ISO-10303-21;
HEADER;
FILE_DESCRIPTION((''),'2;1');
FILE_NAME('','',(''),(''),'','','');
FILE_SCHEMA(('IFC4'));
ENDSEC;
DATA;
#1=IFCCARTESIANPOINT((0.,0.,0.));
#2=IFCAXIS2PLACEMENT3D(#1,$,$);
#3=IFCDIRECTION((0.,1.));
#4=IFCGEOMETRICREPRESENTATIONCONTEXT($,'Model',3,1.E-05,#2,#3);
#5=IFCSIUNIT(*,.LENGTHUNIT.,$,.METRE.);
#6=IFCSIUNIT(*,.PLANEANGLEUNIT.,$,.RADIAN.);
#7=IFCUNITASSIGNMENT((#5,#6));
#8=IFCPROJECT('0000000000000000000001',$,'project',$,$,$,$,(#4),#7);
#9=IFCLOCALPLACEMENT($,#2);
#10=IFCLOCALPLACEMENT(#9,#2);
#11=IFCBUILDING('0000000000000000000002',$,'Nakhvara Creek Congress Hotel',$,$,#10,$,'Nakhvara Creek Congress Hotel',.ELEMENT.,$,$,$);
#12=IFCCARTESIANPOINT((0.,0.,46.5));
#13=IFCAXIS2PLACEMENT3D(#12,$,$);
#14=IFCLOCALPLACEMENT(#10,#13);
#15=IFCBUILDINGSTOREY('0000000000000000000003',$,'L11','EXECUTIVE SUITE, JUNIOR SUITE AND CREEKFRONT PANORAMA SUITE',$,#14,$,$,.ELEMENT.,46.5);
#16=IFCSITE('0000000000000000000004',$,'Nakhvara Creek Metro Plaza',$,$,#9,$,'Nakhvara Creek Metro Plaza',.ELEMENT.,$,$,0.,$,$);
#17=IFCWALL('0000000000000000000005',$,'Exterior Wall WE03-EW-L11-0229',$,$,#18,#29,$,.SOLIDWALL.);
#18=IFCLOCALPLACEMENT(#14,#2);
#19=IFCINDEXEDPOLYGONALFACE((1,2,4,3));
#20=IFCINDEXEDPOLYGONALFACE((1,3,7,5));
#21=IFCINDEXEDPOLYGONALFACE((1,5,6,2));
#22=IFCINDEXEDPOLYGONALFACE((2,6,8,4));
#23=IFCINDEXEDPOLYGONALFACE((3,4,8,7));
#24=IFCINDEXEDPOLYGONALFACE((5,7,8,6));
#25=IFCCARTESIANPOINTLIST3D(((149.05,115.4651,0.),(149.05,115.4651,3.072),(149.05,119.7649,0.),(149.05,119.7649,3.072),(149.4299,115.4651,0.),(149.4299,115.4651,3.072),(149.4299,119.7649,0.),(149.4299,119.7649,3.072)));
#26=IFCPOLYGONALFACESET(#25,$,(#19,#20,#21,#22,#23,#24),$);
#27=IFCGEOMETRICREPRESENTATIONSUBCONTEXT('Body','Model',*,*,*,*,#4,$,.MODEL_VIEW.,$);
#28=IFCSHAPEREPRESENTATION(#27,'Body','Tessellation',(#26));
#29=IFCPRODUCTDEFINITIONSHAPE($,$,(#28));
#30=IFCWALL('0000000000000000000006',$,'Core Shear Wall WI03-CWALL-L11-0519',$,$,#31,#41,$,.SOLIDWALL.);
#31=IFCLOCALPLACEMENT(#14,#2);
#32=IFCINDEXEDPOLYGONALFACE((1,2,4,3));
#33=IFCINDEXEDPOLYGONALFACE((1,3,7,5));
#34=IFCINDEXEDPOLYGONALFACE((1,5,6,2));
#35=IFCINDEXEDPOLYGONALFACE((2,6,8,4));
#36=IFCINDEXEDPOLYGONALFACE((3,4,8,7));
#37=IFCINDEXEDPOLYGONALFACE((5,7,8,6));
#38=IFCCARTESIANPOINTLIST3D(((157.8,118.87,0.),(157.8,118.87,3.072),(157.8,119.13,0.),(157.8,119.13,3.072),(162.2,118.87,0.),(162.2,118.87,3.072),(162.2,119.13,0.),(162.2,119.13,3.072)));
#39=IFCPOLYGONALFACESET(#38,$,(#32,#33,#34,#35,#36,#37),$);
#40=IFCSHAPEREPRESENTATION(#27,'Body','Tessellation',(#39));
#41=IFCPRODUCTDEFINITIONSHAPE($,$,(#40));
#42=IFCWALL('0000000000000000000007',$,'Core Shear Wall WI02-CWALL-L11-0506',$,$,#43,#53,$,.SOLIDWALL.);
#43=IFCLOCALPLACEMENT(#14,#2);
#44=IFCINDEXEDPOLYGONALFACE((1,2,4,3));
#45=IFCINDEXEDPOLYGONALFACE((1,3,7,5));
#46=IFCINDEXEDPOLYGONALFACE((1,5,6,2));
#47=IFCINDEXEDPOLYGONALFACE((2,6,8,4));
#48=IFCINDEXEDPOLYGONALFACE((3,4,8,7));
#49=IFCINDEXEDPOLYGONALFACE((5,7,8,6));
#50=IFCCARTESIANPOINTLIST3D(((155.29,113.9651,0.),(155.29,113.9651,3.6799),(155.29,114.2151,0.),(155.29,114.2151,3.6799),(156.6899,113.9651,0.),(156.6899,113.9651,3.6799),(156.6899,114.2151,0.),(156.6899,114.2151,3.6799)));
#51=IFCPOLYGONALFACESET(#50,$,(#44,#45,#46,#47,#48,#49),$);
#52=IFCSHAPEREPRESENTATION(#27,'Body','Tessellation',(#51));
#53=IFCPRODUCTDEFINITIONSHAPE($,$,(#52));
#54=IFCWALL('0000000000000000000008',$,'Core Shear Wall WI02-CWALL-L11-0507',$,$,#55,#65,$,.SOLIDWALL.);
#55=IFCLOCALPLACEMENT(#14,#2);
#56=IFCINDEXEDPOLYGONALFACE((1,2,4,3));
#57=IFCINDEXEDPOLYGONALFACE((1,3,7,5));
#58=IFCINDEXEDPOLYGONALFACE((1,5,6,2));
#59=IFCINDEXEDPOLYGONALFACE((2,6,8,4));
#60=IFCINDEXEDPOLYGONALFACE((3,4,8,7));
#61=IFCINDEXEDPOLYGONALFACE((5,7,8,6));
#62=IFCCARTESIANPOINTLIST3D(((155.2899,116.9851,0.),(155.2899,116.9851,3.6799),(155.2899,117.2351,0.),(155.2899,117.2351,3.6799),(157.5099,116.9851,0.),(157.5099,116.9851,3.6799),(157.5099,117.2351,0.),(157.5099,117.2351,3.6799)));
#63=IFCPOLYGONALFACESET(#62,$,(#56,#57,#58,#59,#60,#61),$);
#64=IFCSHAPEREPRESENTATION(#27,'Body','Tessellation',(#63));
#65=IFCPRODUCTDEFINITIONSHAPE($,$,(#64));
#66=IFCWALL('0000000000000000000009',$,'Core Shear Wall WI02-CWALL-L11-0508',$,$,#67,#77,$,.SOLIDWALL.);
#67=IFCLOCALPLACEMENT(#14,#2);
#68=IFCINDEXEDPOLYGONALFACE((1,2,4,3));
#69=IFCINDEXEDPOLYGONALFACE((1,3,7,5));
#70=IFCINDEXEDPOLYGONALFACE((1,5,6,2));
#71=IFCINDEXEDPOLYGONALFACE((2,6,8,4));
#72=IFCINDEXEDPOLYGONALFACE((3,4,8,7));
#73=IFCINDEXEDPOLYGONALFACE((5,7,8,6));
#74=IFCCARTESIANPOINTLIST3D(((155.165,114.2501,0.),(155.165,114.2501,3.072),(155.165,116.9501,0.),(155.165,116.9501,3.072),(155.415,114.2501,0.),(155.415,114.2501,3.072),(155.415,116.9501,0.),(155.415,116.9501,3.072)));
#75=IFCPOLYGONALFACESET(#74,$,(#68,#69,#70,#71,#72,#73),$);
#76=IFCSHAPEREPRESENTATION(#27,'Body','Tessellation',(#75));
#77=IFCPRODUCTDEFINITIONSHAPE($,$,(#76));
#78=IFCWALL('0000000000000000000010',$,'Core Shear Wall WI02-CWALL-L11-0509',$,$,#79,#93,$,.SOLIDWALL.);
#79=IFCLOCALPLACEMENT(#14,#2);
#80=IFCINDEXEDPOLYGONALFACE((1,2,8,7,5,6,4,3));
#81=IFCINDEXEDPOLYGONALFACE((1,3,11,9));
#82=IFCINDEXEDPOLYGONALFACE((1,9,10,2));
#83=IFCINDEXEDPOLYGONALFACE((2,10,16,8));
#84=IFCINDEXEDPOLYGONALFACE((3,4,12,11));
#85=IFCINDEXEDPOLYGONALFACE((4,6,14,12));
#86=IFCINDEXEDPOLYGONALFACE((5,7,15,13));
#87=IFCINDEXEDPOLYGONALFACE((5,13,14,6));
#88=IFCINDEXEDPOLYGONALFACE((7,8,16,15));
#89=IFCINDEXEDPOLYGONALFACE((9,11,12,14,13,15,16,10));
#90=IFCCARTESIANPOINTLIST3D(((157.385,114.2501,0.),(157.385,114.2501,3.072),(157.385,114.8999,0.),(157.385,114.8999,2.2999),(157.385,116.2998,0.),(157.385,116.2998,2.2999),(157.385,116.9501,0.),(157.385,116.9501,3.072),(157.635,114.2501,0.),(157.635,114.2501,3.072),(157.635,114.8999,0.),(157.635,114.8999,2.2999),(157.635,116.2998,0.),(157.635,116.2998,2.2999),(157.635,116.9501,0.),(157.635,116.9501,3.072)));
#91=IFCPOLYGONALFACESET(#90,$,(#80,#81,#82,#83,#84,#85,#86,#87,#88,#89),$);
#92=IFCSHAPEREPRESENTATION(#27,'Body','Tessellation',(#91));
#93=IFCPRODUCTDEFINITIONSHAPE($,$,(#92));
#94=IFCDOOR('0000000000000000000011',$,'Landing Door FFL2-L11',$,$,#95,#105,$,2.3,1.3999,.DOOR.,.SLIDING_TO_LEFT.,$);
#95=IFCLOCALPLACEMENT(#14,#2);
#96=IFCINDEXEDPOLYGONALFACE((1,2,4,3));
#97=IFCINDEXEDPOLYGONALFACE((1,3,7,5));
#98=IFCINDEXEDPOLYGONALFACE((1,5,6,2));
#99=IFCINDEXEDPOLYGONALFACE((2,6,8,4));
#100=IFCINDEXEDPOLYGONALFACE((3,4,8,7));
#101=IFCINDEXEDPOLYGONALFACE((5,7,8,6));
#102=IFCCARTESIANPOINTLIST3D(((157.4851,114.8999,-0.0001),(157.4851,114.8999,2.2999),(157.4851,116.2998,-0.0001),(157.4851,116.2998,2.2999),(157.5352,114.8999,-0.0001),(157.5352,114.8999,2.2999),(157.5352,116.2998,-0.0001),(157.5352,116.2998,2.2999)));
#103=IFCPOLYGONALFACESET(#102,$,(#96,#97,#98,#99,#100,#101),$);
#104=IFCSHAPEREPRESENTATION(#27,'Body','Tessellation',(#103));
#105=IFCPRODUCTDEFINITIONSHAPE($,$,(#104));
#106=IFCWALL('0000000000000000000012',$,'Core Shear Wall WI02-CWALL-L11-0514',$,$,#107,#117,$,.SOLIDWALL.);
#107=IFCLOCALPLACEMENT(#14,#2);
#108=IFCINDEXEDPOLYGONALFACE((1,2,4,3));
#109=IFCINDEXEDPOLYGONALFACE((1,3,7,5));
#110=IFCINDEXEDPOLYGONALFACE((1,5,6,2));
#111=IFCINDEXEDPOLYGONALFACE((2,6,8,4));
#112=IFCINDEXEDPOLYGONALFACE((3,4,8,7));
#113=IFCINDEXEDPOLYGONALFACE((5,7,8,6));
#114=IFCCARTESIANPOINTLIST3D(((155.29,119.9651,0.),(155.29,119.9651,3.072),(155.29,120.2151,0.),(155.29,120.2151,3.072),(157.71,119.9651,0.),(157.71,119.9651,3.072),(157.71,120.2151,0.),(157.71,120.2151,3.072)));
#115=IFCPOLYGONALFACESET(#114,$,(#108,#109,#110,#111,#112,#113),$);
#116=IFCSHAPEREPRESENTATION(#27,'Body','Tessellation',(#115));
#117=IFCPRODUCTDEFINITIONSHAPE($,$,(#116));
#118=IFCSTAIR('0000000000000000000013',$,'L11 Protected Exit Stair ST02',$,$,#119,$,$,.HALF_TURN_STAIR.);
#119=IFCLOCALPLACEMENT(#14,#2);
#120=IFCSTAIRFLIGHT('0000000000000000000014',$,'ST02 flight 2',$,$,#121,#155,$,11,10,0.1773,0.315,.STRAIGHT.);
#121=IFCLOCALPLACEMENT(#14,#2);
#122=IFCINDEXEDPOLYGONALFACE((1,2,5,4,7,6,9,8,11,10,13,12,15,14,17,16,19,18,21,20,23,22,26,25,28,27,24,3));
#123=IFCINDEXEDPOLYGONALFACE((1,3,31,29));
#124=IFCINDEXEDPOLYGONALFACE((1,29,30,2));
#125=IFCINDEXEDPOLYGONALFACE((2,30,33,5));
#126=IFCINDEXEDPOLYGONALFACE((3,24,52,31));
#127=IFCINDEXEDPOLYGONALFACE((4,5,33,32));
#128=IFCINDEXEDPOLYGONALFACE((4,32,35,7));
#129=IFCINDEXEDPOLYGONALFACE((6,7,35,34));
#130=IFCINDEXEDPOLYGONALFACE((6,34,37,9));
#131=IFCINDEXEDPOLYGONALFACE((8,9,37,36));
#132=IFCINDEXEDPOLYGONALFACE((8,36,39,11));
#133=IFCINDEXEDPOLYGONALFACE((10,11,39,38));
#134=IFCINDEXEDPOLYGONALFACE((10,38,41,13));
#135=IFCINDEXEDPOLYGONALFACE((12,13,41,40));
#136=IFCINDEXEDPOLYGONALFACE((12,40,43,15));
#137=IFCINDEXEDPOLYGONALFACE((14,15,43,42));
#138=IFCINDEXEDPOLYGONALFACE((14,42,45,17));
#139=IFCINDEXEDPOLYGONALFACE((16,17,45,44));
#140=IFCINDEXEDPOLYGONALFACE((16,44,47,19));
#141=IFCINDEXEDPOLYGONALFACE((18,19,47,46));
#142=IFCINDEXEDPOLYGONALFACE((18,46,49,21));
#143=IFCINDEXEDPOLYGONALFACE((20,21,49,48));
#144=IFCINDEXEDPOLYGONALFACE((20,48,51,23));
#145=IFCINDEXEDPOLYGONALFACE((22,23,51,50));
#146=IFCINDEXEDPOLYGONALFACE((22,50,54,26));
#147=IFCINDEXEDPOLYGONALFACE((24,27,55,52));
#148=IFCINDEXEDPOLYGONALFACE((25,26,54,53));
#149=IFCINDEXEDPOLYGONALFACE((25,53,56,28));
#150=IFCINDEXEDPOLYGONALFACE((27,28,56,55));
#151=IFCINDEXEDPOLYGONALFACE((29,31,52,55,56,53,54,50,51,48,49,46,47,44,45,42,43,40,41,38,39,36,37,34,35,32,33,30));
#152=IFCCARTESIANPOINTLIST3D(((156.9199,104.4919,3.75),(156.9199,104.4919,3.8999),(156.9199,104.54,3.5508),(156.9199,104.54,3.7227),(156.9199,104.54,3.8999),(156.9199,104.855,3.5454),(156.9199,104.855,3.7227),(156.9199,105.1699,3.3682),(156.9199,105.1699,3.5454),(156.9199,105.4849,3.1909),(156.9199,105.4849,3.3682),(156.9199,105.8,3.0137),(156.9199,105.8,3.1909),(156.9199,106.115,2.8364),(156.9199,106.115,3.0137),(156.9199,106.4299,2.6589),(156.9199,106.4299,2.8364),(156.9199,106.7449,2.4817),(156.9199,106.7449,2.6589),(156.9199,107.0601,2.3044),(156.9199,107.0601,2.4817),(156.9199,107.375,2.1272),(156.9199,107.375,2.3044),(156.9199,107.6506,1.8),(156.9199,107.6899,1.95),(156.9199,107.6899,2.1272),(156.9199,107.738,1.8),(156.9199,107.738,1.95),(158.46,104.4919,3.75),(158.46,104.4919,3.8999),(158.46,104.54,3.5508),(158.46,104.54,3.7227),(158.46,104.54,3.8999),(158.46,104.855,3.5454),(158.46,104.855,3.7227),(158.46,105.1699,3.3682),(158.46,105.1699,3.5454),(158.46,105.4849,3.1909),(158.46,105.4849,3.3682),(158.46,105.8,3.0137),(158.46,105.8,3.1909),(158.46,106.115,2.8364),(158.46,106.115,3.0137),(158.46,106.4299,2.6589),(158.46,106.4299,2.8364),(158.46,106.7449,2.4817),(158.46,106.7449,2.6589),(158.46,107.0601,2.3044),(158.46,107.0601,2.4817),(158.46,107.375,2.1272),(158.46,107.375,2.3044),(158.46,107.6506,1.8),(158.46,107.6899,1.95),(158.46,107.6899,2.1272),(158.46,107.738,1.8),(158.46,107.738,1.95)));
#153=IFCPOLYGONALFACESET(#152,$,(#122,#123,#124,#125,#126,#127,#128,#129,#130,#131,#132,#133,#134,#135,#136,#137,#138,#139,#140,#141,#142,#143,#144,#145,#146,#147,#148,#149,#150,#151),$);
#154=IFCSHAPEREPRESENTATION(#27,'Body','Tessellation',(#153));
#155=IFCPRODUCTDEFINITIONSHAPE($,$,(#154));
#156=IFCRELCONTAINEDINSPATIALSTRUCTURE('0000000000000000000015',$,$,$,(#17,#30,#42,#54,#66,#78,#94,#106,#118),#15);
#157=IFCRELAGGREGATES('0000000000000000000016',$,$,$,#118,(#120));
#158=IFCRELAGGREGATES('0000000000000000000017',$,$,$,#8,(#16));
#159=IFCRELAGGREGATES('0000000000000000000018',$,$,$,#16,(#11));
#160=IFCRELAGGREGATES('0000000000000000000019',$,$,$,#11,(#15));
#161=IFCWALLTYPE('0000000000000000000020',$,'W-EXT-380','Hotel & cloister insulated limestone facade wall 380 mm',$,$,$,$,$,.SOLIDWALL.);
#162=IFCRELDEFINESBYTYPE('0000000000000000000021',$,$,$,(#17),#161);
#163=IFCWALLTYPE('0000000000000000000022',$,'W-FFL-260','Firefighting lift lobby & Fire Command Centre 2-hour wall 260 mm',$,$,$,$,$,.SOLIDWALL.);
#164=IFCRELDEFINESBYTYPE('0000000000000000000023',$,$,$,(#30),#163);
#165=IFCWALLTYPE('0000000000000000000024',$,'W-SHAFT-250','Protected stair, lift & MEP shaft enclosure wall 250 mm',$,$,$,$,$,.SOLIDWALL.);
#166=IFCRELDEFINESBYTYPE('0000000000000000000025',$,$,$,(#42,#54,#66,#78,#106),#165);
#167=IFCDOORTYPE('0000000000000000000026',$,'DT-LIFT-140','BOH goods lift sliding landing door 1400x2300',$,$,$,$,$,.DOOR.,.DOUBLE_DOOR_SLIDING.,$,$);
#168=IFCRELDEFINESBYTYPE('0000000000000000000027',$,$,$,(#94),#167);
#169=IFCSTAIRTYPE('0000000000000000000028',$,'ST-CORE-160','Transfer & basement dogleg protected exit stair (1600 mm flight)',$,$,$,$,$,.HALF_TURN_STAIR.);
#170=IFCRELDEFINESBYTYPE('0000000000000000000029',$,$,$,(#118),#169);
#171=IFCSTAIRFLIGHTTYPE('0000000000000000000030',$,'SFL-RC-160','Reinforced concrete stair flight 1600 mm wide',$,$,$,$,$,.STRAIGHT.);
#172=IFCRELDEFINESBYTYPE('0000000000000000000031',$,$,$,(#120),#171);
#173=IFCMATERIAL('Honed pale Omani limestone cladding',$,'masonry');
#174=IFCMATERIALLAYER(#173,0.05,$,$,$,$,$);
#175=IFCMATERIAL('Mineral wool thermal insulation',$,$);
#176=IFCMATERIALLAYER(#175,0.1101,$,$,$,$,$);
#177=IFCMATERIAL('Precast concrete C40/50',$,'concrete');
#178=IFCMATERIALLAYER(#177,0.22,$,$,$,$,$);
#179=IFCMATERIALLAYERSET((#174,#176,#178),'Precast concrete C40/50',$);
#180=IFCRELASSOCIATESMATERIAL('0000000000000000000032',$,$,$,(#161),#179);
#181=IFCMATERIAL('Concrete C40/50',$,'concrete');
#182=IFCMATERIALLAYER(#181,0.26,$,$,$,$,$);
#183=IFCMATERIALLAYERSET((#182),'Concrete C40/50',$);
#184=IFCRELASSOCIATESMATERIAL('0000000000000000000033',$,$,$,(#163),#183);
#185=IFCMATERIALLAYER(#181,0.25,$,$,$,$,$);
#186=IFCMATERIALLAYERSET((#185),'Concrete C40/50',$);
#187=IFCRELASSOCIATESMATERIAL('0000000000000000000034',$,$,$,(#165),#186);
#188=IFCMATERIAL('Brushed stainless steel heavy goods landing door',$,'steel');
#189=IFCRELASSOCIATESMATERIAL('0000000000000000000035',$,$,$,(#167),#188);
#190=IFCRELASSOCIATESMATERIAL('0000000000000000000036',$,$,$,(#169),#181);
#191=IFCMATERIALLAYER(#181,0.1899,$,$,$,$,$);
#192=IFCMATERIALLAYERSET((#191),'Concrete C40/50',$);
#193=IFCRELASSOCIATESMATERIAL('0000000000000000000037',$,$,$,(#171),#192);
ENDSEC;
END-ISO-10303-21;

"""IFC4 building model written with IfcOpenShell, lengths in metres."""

from ifc_helpers import new_model, si_unit, direction, frame, frame_2d, origin, place, context, subcontext, project, spatial, polyline, rectangle, outline, extrude, material, layer, layer_set, type_object, element, fill, aggregate, save


model = new_model("IFC4")

# Units and contexts
model_context = context("Model", 3, precision=1e-05, world=origin(), true_north=direction((0.0, 1.0)))
body_context = subcontext(model_context, "Body", "Model", "MODEL_VIEW")
ifc_project = project(units=[si_unit("LENGTHUNIT", "METRE"), si_unit("PLANEANGLEUNIT", "RADIAN")], contexts=[model_context])

# Site, building, storey
site_placement = place(None, origin())
site = spatial("IfcSite", under=ifc_project, at=site_placement, Name="Nakhvara Creek Metro Plaza", LongName="Nakhvara Creek Metro Plaza", CompositionType="ELEMENT", RefElevation=0.0)
building_placement = place(site_placement, origin())
building = spatial("IfcBuilding", under=site, at=building_placement, Name="Nakhvara Creek Congress Hotel", LongName="Nakhvara Creek Congress Hotel", CompositionType="ELEMENT")
storey_placement = place(building_placement, frame((0.0, 0.0, 46.5)))
storey = spatial("IfcBuildingStorey", under=building, at=storey_placement, Name="L11", Description="EXECUTIVE SUITE, JUNIOR SUITE AND CREEKFRONT PANORAMA SUITE", CompositionType="ELEMENT", Elevation=46.5)

# Shared definitions
ifc_material_1 = material(Name="Concrete C40/50", Category="concrete")

# Wall
ifc_material_2 = material(Name="Honed pale Omani limestone cladding", Category="masonry")
ifc_layer_1 = layer(ifc_material_2, 0.05)
ifc_material_3 = material(Name="Mineral wool thermal insulation")
ifc_layer_2 = layer(ifc_material_3, 0.1101)
ifc_material_4 = material(Name="Precast concrete C40/50", Category="concrete")
ifc_layer_3 = layer(ifc_material_4, 0.22)
ifc_layer_set_1 = layer_set([ifc_layer_1, ifc_layer_2, ifc_layer_3], Name="Precast concrete C40/50")
wall_type_1 = type_object("IfcWallType", Name="W-EXT-380", Description="Hotel & cloister insulated limestone facade wall 380 mm", PredefinedType="SOLIDWALL", material=ifc_layer_set_1)
wall_1_placement = place(storey_placement, frame((149.24, 115.4651, 0.0), z_axis=(0.0, 0.0, 1.0), x_axis=(0.0, 1.0, 0.0)))
element("IfcWall", 1, at=wall_1_placement, inside=storey, type_object=wall_type_1, Name="Exterior Wall WE03-EW-L11-0229", PredefinedType="SOLIDWALL", context=body_context, shape_type="SweptSolid", body=[
    extrude(rectangle(XDim=4.2998, YDim=0.3799, at=frame_2d((2.1499, 0.0))), origin(), (0.0, 0.0, 1.0), 3.072),
])

# Shared definitions
ifc_layer_4 = layer(ifc_material_1, 0.26)
ifc_layer_set_2 = layer_set([ifc_layer_4], Name="Concrete C40/50")
wall_type_2 = type_object("IfcWallType", Name="W-FFL-260", Description="Firefighting lift lobby & Fire Command Centre 2-hour wall 260 mm", PredefinedType="SOLIDWALL", material=ifc_layer_set_2)

# Walls
wall_2_placement = place(storey_placement, frame((157.8, 119.0, 0.0), z_axis=(0.0, 0.0, 1.0), x_axis=(1.0, 0.0, 0.0)))
element("IfcWall", 2, at=wall_2_placement, inside=storey, type_object=wall_type_2, Name="Core Shear Wall WI03-CWALL-L11-0519", PredefinedType="SOLIDWALL", context=body_context, shape_type="SweptSolid", body=[
    extrude(rectangle(XDim=4.3999, YDim=0.26, at=frame_2d((2.2, 0.0))), origin(), (0.0, 0.0, 1.0), 3.072),
])
ifc_layer_5 = layer(ifc_material_1, 0.25)
ifc_layer_set_3 = layer_set([ifc_layer_5], Name="Concrete C40/50")
wall_type_3 = type_object("IfcWallType", Name="W-SHAFT-250", Description="Protected stair, lift & MEP shaft enclosure wall 250 mm", PredefinedType="SOLIDWALL", material=ifc_layer_set_3)
wall_3_placement = place(storey_placement, frame((155.29, 114.0901, 0.0), z_axis=(0.0, 0.0, 1.0), x_axis=(1.0, 0.0, 0.0)))
element("IfcWall", 3, at=wall_3_placement, inside=storey, type_object=wall_type_3, Name="Core Shear Wall WI02-CWALL-L11-0506", PredefinedType="SOLIDWALL", context=body_context, shape_type="SweptSolid", body=[
    extrude(rectangle(XDim=1.3999, YDim=0.25, at=frame_2d((0.7, 0.0))), origin(), (0.0, 0.0, 1.0), 3.6799),
])
wall_4_placement = place(storey_placement, frame((155.29, 117.1101, 0.0), z_axis=(0.0, 0.0, 1.0), x_axis=(1.0, 0.0, 0.0)))
element("IfcWall", 4, at=wall_4_placement, inside=storey, type_object=wall_type_3, Name="Core Shear Wall WI02-CWALL-L11-0507", PredefinedType="SOLIDWALL", context=body_context, shape_type="SweptSolid", body=[
    extrude(rectangle(XDim=2.22, YDim=0.25, at=frame_2d((1.1099, 0.0))), origin(), (0.0, 0.0, 1.0), 3.6799),
])
wall_5_placement = place(storey_placement, frame((155.29, 114.25, 0.0), z_axis=(0.0, 0.0, 1.0), x_axis=(0.0, 1.0, 0.0)))
element("IfcWall", 5, at=wall_5_placement, inside=storey, type_object=wall_type_3, Name="Core Shear Wall WI02-CWALL-L11-0508", PredefinedType="SOLIDWALL", context=body_context, shape_type="SweptSolid", body=[
    extrude(rectangle(XDim=2.7, YDim=0.25, at=frame_2d((1.3501, 0.0))), origin(), (0.0, 0.0, 1.0), 3.072),
])

# Wall, opening, door
wall_6_placement = place(storey_placement, frame((157.51, 114.25, 0.0), z_axis=(0.0, 0.0, 1.0), x_axis=(0.0, 1.0, 0.0)))
wall_6 = element("IfcWall", 6, at=wall_6_placement, inside=storey, type_object=wall_type_3, Name="Core Shear Wall WI02-CWALL-L11-0509", PredefinedType="SOLIDWALL", context=body_context, shape_type="SweptSolid", body=[
    extrude(rectangle(XDim=2.7, YDim=0.25, at=frame_2d((1.3501, 0.0))), origin(), (0.0, 0.0, 1.0), 3.072),
])
opening_1_placement = place(wall_6_placement, frame((0.6499, 0.0, 0.0)))
opening_1 = element("IfcOpeningElement", 7, at=opening_1_placement, cuts=wall_6, PredefinedType="OPENING", context=body_context, shape_type="SweptSolid", body=[
    extrude(rectangle(XDim=1.3999, YDim=2.3, at=frame_2d((0.7, 1.1499))), frame((0.0, 0.137, 0.0), z_axis=(0.0, -1.0, 0.0), x_axis=(1.0, 0.0, 0.0)), (0.0, 0.0, 1.0), 0.2739),
])
ifc_material_5 = material(Name="Brushed stainless steel heavy goods landing door", Category="steel")
door_type_1 = type_object("IfcDoorType", Name="DT-LIFT-140", Description="BOH goods lift sliding landing door 1400x2300", OperationType="DOUBLE_DOOR_SLIDING", PredefinedType="DOOR", material=ifc_material_5)
door_1_placement = place(opening_1_placement, origin())
door_1 = element("IfcDoor", 8, at=door_1_placement, inside=storey, type_object=door_type_1, Name="Landing Door FFL2-L11", OperationType="SLIDING_TO_LEFT", OverallHeight=2.3, OverallWidth=1.3999, PredefinedType="DOOR", context=body_context, shape_type="SweptSolid", body=[
    extrude(rectangle(XDim=1.3999, YDim=2.3, at=frame_2d((0.7, 1.1499))), frame((0.0, 0.0249, 0.0), z_axis=(0.0, -1.0, 0.0), x_axis=(1.0, 0.0, 0.0)), (0.0, 0.0, 1.0), 0.05),
])
fill(opening_1, door_1)

# Wall
wall_7_placement = place(storey_placement, frame((155.29, 120.0901, 0.0), z_axis=(0.0, 0.0, 1.0), x_axis=(1.0, 0.0, 0.0)))
element("IfcWall", 9, at=wall_7_placement, inside=storey, type_object=wall_type_3, Name="Core Shear Wall WI02-CWALL-L11-0514", PredefinedType="SOLIDWALL", context=body_context, shape_type="SweptSolid", body=[
    extrude(rectangle(XDim=2.4199, YDim=0.25, at=frame_2d((1.21, 0.0))), origin(), (0.0, 0.0, 1.0), 3.072),
])

# Stair, stair flight
stair_type = type_object("IfcStairType", Name="ST-CORE-160", Description="Transfer & basement dogleg protected exit stair (1600 mm flight)", PredefinedType="HALF_TURN_STAIR", material=ifc_material_1)
stair_placement = place(storey_placement, origin())
stair = element("IfcStair", 10, at=stair_placement, inside=storey, type_object=stair_type, Name="L11 Protected Exit Stair ST02", PredefinedType="HALF_TURN_STAIR")
ifc_layer_6 = layer(ifc_material_1, 0.1899)
ifc_layer_set_4 = layer_set([ifc_layer_6], Name="Concrete C40/50")
stair_flight_type = type_object("IfcStairFlightType", Name="SFL-RC-160", Description="Reinforced concrete stair flight 1600 mm wide", PredefinedType="STRAIGHT", material=ifc_layer_set_4)
stair_flight_placement = place(storey_placement, frame((157.6899, 107.6899, 1.95), z_axis=(0.0, 0.0, 1.0), x_axis=(0.0, -1.0, 0.0)))
stair_flight = element("IfcStairFlight", 11, at=stair_flight_placement, type_object=stair_flight_type, Name="ST02 flight 2", NumberOfRisers=11, NumberOfTreads=10, PredefinedType="STRAIGHT", RiserHeight=0.1773, TreadLength=0.315, context=body_context, shape_type="SweptSolid", body=[
    extrude(outline(polyline([(-0.0481, 0.0), (0.0, 0.0), (0.0, 0.1772), (0.3149, 0.1772), (0.3149, 0.3545), (0.6299, 0.3545), (0.6299, 0.5317), (0.9451, 0.5317), (0.9451, 0.709), (1.26, 0.709), (1.26, 0.8865), (1.575, 0.8865), (1.575, 1.0637), (1.8899, 1.0637), (1.8899, 1.241), (2.2051, 1.241), (2.2051, 1.4182), (2.52, 1.4182), (2.52, 1.5955), (2.835, 1.5955), (2.835, 1.7727), (3.1499, 1.7727), (3.1499, 1.95), (3.198, 1.95), (3.198, 1.8), (3.1499, 1.6008), (0.0393, -0.1499), (-0.0481, -0.1499), (-0.0481, 0.0)])), frame((0.0, 0.77, 0.0), z_axis=(0.0, -1.0, 0.0), x_axis=(1.0, 0.0, 0.0)), (0.0, 0.0, 1.0), 1.54),
])
aggregate(stair, [stair_flight])

save(model, "model.ifc")
